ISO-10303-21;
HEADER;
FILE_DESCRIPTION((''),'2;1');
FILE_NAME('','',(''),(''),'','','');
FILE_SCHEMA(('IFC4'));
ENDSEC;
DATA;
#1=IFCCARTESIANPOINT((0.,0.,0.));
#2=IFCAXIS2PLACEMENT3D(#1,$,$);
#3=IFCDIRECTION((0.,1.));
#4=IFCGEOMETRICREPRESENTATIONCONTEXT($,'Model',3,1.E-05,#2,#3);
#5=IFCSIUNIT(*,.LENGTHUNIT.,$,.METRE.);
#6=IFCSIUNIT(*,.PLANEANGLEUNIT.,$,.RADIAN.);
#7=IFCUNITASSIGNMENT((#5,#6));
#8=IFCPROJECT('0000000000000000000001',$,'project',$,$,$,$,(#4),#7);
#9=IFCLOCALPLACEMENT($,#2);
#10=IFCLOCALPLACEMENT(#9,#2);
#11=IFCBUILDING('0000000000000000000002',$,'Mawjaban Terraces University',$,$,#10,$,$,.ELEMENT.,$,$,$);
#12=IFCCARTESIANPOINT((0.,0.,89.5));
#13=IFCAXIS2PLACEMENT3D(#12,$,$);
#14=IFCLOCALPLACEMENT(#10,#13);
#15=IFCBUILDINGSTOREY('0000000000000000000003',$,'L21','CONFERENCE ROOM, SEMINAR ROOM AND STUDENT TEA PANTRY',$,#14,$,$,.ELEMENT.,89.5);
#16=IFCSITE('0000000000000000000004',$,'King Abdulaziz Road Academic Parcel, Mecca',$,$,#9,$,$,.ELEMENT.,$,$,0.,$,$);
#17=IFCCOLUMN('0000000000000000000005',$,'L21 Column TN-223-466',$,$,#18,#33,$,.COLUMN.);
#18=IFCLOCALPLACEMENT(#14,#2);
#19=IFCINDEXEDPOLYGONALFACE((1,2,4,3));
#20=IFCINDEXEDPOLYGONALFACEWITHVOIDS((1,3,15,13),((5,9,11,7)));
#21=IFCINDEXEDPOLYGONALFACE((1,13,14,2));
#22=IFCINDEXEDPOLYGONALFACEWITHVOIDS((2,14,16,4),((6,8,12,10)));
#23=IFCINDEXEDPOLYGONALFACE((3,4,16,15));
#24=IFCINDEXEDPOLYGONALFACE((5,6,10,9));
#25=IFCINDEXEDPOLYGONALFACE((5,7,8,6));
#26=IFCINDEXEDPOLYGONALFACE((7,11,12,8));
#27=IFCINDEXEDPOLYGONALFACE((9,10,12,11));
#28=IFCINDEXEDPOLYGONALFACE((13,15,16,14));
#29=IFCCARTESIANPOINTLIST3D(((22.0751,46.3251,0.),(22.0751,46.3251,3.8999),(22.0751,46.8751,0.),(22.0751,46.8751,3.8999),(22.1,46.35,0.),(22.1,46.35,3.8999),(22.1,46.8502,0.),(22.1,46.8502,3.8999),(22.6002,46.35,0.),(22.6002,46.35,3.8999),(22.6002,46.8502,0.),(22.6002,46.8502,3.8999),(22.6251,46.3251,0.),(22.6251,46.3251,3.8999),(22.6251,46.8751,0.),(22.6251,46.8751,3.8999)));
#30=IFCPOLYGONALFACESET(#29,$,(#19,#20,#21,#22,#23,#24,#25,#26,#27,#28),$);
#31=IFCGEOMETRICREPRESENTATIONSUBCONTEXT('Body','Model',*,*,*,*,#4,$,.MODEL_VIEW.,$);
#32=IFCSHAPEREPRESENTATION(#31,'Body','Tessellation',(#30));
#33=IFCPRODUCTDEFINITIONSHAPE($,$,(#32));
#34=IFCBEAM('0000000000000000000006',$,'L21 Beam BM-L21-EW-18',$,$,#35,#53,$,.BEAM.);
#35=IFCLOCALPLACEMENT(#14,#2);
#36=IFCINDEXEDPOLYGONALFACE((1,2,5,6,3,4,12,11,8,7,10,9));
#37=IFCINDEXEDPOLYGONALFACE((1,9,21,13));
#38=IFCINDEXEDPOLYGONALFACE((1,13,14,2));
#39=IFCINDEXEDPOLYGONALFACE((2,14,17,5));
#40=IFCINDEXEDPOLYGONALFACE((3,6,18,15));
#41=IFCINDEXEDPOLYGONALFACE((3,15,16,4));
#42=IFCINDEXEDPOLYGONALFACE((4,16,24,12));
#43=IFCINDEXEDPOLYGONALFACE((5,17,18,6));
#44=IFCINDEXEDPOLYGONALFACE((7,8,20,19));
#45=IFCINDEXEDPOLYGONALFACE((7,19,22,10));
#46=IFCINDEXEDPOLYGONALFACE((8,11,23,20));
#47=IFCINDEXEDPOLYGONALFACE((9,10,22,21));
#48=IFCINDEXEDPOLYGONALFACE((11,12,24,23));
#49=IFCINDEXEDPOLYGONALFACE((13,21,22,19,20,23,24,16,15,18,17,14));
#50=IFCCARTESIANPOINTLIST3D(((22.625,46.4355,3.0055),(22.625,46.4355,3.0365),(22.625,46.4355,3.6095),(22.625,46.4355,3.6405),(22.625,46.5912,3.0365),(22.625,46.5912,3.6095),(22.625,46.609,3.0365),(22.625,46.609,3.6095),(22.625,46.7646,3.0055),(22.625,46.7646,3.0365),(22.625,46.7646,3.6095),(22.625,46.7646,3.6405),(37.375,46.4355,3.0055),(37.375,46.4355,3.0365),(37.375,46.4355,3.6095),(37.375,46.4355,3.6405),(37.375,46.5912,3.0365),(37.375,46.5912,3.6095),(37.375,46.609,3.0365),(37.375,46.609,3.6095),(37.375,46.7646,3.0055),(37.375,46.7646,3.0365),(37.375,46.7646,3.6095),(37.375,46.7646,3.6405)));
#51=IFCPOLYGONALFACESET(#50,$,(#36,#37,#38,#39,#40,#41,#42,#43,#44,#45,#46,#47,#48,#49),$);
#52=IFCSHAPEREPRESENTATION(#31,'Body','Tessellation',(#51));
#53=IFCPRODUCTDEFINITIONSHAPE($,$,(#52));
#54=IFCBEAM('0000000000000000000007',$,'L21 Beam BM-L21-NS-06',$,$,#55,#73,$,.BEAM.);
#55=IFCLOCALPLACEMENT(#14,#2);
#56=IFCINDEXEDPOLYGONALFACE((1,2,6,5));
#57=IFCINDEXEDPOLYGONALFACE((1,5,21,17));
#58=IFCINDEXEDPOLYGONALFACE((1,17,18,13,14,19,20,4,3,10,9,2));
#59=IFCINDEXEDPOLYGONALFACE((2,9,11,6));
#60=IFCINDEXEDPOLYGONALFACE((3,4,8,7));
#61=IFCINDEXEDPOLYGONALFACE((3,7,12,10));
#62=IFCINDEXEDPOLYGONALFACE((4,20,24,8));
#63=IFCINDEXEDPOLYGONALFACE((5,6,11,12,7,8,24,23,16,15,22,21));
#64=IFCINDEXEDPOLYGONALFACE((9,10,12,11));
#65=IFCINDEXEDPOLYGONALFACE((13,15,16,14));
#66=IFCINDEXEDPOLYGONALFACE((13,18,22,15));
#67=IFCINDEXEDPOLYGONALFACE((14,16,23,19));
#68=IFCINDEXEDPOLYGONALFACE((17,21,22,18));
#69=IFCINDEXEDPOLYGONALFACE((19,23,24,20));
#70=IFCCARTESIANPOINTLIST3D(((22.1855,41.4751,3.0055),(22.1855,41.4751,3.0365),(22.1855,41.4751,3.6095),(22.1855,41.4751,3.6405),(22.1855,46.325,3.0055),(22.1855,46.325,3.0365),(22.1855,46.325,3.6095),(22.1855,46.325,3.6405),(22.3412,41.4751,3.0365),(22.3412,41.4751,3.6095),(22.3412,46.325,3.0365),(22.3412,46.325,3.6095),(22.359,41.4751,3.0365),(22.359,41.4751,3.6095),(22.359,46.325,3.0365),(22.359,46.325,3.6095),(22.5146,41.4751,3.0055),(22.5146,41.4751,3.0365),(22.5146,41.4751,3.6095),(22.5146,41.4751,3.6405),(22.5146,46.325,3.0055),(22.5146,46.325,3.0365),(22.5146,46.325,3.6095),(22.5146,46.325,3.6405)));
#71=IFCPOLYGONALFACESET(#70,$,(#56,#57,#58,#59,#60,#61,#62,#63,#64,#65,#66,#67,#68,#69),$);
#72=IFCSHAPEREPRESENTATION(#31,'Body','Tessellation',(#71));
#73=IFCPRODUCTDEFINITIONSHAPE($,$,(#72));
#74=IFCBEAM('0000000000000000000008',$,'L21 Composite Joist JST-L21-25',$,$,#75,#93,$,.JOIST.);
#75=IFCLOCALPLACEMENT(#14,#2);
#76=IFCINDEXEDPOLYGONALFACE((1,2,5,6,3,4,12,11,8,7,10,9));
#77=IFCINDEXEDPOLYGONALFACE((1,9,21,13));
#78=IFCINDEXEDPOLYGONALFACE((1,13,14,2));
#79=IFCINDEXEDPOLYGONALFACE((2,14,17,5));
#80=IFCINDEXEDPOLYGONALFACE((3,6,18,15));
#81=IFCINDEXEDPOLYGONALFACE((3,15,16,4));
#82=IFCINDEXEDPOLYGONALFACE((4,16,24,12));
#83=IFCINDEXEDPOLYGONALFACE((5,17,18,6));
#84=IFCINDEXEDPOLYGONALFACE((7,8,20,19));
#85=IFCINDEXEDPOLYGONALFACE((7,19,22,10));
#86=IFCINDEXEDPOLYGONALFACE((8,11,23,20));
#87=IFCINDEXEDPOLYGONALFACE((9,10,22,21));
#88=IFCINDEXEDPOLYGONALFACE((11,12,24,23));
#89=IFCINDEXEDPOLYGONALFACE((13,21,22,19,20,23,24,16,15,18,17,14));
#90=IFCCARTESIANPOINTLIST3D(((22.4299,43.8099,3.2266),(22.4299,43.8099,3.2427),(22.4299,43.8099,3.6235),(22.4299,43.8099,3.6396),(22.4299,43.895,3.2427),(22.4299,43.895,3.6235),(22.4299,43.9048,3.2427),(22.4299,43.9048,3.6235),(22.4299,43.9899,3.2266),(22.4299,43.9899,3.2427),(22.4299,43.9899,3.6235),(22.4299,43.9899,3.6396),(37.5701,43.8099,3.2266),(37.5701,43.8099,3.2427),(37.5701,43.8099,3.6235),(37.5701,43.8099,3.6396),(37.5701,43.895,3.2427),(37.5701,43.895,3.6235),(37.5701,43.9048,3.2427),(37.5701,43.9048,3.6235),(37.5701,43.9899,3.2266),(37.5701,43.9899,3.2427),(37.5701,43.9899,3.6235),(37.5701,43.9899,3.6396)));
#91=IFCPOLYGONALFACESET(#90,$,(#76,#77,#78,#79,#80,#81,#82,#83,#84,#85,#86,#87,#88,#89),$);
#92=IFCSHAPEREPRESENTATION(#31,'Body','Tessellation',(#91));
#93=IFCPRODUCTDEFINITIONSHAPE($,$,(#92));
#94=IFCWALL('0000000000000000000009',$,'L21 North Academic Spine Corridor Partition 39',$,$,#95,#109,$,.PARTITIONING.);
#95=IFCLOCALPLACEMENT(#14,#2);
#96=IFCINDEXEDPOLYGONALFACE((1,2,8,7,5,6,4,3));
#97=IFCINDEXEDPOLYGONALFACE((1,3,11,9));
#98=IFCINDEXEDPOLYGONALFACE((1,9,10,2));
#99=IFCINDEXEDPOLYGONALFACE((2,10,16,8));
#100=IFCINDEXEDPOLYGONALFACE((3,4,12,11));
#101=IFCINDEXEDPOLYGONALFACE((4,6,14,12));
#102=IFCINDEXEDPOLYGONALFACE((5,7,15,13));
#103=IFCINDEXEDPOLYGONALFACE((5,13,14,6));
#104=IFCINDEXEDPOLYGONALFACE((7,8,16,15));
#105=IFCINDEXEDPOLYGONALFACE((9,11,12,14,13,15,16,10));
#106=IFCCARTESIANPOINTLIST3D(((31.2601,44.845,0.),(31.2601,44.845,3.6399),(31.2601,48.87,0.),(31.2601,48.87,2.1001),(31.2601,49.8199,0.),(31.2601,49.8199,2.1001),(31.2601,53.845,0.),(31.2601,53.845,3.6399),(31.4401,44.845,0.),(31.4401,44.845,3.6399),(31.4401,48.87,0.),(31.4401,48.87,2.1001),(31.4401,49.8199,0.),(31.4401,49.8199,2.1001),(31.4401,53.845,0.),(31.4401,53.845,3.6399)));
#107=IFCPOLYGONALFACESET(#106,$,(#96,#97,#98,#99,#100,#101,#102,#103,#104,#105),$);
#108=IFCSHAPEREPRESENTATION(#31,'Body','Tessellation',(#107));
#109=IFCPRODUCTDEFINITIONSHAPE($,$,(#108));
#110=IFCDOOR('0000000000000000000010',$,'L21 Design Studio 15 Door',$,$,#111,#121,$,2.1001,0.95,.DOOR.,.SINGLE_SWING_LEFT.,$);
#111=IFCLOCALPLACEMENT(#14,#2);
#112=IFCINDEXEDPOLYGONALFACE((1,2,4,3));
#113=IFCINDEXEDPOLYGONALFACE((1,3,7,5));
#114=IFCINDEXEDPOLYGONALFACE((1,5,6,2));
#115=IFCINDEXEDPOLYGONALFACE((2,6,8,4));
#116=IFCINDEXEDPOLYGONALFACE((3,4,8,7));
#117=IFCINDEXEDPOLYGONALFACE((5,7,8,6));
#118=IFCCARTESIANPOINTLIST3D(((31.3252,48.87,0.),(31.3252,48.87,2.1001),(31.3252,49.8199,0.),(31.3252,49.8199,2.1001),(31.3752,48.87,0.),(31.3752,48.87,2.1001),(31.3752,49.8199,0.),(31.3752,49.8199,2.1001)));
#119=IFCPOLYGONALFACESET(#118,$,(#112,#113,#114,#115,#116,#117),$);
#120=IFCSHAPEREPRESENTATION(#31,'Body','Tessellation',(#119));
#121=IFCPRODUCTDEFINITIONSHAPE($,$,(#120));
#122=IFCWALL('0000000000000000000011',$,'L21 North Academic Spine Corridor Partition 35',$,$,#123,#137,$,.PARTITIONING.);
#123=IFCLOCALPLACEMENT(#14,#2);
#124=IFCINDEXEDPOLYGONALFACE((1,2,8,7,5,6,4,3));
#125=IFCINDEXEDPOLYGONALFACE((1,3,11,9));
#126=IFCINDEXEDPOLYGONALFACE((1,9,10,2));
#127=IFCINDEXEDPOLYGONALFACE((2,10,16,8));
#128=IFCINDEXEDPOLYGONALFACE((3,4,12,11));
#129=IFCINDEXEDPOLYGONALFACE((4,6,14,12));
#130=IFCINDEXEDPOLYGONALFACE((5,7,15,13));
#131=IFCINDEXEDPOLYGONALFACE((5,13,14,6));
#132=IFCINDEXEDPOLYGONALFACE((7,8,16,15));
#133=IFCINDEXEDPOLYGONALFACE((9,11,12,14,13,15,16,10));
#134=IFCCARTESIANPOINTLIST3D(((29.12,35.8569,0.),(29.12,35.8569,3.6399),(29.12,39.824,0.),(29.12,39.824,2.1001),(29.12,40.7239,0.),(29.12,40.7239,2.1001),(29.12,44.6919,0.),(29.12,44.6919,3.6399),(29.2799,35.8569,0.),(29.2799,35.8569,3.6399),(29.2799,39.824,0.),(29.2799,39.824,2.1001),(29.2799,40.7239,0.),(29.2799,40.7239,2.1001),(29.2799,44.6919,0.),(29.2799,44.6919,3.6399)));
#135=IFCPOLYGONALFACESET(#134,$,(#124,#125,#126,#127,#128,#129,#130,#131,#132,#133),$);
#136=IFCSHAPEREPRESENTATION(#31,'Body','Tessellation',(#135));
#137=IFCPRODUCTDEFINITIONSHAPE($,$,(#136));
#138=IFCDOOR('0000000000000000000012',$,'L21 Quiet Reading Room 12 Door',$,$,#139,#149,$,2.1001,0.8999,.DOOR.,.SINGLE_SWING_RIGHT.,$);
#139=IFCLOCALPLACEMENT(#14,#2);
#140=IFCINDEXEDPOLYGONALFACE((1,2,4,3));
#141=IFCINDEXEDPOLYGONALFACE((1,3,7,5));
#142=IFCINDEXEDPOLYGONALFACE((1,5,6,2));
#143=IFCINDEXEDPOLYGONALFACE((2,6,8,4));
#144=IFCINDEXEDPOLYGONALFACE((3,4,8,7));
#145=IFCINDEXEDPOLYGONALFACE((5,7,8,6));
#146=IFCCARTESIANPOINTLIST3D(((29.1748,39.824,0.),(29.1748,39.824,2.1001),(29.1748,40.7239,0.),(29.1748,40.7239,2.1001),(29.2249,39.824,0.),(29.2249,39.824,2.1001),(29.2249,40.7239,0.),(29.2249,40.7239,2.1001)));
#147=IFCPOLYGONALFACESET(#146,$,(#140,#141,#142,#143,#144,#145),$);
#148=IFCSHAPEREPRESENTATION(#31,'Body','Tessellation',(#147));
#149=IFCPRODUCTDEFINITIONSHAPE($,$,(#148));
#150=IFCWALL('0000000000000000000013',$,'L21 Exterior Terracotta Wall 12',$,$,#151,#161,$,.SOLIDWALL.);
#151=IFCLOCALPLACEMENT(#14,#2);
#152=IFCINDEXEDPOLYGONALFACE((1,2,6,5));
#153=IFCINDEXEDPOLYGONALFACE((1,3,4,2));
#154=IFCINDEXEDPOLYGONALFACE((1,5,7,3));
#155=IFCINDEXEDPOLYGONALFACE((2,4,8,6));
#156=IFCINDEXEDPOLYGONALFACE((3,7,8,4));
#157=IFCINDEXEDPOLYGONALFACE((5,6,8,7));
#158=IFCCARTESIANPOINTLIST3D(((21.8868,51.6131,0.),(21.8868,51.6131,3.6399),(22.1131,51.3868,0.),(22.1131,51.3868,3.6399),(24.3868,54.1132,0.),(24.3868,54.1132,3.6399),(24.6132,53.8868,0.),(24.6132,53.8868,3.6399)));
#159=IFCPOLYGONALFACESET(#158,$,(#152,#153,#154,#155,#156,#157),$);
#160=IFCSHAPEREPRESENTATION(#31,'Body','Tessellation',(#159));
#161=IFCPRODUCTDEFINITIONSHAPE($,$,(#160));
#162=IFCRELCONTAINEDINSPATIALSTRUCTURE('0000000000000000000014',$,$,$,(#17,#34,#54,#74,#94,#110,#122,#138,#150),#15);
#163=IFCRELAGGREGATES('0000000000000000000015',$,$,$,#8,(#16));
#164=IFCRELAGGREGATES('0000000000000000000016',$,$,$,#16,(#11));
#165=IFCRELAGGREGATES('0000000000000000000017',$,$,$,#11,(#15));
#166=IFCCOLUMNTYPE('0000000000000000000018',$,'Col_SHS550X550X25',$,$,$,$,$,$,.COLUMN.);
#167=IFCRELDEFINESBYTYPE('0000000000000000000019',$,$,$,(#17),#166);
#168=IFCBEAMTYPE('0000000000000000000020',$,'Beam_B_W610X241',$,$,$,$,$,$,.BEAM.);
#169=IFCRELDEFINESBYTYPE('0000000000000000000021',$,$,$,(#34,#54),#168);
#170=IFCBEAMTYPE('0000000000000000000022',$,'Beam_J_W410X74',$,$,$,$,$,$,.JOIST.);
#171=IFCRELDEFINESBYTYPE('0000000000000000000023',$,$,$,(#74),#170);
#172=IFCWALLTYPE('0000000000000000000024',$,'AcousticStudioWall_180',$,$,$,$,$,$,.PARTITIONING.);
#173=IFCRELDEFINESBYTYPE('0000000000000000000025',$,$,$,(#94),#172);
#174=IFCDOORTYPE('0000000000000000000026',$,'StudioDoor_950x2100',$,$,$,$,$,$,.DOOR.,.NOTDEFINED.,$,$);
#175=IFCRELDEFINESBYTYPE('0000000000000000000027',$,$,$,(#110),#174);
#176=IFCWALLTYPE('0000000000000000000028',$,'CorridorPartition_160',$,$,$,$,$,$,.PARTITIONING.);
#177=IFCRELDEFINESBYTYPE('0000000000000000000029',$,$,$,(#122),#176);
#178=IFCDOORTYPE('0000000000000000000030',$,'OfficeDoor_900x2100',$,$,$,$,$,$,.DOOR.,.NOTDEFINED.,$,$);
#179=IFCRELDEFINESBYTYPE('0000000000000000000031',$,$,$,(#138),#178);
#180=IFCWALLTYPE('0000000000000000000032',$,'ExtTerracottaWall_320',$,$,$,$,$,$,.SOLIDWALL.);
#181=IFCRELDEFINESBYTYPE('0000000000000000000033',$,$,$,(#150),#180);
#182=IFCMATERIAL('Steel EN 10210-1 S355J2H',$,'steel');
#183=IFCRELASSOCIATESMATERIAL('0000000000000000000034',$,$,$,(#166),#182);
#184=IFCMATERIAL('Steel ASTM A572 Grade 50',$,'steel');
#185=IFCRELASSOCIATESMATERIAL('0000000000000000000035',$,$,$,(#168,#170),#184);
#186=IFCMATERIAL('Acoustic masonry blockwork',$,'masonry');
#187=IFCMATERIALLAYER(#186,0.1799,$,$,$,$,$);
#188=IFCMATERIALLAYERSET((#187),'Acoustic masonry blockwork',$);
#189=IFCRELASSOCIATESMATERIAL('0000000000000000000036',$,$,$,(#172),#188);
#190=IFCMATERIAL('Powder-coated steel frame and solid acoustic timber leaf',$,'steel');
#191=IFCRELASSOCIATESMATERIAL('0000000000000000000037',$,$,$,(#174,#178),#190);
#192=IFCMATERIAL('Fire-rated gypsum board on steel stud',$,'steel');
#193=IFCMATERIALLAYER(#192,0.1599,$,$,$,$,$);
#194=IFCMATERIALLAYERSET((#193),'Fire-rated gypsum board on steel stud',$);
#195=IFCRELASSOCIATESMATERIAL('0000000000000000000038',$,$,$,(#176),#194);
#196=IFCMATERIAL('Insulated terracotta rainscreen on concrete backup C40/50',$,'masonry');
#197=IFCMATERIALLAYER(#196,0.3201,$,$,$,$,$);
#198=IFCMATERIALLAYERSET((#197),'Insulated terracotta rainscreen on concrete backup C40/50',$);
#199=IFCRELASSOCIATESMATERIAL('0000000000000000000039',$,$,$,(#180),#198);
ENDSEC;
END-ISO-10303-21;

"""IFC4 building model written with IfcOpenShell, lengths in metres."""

from ifc_helpers import new_model, si_unit, direction, frame, frame_2d, origin, origin_2d, place, context, subcontext, project, spatial, rectangle, hollow_rectangle, i_section, extrude, material, layer, layer_set, material_profile, profile_set, type_object, element, fill, save


model = new_model("IFC4")

# Units and contexts
model_context = context("Model", 3, precision=1e-05, world=origin(), true_north=direction((0.0, 1.0)))
body_context = subcontext(model_context, "Body", "Model", "MODEL_VIEW")
ifc_project = project(units=[si_unit("LENGTHUNIT", "METRE"), si_unit("PLANEANGLEUNIT", "RADIAN")], contexts=[model_context])

# Site, building, storey
site_placement = place(None, origin())
site = spatial("IfcSite", under=ifc_project, at=site_placement, Name="King Abdulaziz Road Academic Parcel, Mecca", CompositionType="ELEMENT", RefElevation=0.0)
building_placement = place(site_placement, origin())
building = spatial("IfcBuilding", under=site, at=building_placement, Name="Mawjaban Terraces University", CompositionType="ELEMENT")
storey_placement = place(building_placement, frame((0.0, 0.0, 89.5)))
storey = spatial("IfcBuildingStorey", under=building, at=storey_placement, Name="L21", Description="CONFERENCE ROOM, SEMINAR ROOM AND STUDENT TEA PANTRY", CompositionType="ELEMENT", Elevation=89.5)

# Column
ifc_material_1 = material(Name="Steel EN 10210-1 S355J2H", Category="steel")
ifc_material_profile_1 = material_profile(ifc_material_1, hollow_rectangle(XDim=0.55, YDim=0.55, WallThickness=0.0249, at=origin_2d()), Name="SHS550X550X25")
ifc_profile_set_1 = profile_set([ifc_material_profile_1], Name="Steel EN 10210-1 S355J2H")
column_type = type_object("IfcColumnType", Name="Col_SHS550X550X25", PredefinedType="COLUMN", material=ifc_profile_set_1)
column_placement = place(storey_placement, frame((22.3501, 46.6001, 0.0), z_axis=(0.0, 0.0, 1.0), x_axis=(1.0, 0.0, 0.0)))
element("IfcColumn", 1, at=column_placement, inside=storey, type_object=column_type, Name="L21 Column TN-223-466", PredefinedType="COLUMN", context=body_context, shape_type="SweptSolid", body=[
    extrude(hollow_rectangle(XDim=0.55, YDim=0.55, WallThickness=0.0249, at=origin_2d()), origin(), (0.0, 0.0, 1.0), 3.8999),
])

# Beams
ifc_material_2 = material(Name="Steel ASTM A572 Grade 50", Category="steel")
ifc_material_profile_2 = material_profile(ifc_material_2, i_section(OverallWidth=0.3291, OverallDepth=0.635, WebThickness=0.0178, FlangeThickness=0.031, at=origin_2d()), Name="W610X241")
ifc_profile_set_2 = profile_set([ifc_material_profile_2], Name="Steel ASTM A572 Grade 50")
beam_type_1 = type_object("IfcBeamType", Name="Beam_B_W610X241", PredefinedType="BEAM", material=ifc_profile_set_2)
beam_1_placement = place(storey_placement, frame((22.625, 46.6001, 3.323), z_axis=(1.0, 0.0, 0.0), x_axis=(0.0, 1.0, 0.0)))
element("IfcBeam", 2, at=beam_1_placement, inside=storey, type_object=beam_type_1, Name="L21 Beam BM-L21-EW-18", PredefinedType="BEAM", context=body_context, shape_type="SweptSolid", body=[
    extrude(i_section(OverallWidth=0.3291, OverallDepth=0.635, WebThickness=0.0178, FlangeThickness=0.031, at=origin_2d()), origin(), (0.0, 0.0, 1.0), 14.75),
])
beam_2_placement = place(storey_placement, frame((22.3501, 41.4751, 3.323), z_axis=(0.0, 1.0, 0.0), x_axis=(-1.0, 0.0, 0.0)))
element("IfcBeam", 3, at=beam_2_placement, inside=storey, type_object=beam_type_1, Name="L21 Beam BM-L21-NS-06", PredefinedType="BEAM", context=body_context, shape_type="SweptSolid", body=[
    extrude(i_section(OverallWidth=0.3291, OverallDepth=0.635, WebThickness=0.0178, FlangeThickness=0.031, at=origin_2d()), origin(), (0.0, 0.0, 1.0), 4.8499),
])
ifc_material_profile_3 = material_profile(ifc_material_2, i_section(OverallWidth=0.1799, OverallDepth=0.4131, WebThickness=0.0098, FlangeThickness=0.0161, at=origin_2d()), Name="W410X74")
ifc_profile_set_3 = profile_set([ifc_material_profile_3], Name="Steel ASTM A572 Grade 50")
beam_type_2 = type_object("IfcBeamType", Name="Beam_J_W410X74", PredefinedType="JOIST", material=ifc_profile_set_3)
beam_3_placement = place(storey_placement, frame((22.4299, 43.8999, 3.4331), z_axis=(1.0, 0.0, 0.0), x_axis=(0.0, 1.0, 0.0)))
element("IfcBeam", 4, at=beam_3_placement, inside=storey, type_object=beam_type_2, Name="L21 Composite Joist JST-L21-25", PredefinedType="JOIST", context=body_context, shape_type="SweptSolid", body=[
    extrude(i_section(OverallWidth=0.1799, OverallDepth=0.4131, WebThickness=0.0098, FlangeThickness=0.0161, at=origin_2d()), origin(), (0.0, 0.0, 1.0), 15.1401),
])

# Walls, openings, doors
ifc_material_3 = material(Name="Acoustic masonry blockwork", Category="masonry")
ifc_layer_1 = layer(ifc_material_3, 0.1799)
ifc_layer_set_1 = layer_set([ifc_layer_1], Name="Acoustic masonry blockwork")
wall_type_1 = type_object("IfcWallType", Name="AcousticStudioWall_180", PredefinedType="PARTITIONING", material=ifc_layer_set_1)
wall_1_placement = place(storey_placement, frame((31.3501, 44.845, 0.0), z_axis=(0.0, 0.0, 1.0), x_axis=(0.0, 1.0, 0.0)))
wall_1 = element("IfcWall", 5, at=wall_1_placement, inside=storey, type_object=wall_type_1, Name="L21 North Academic Spine Corridor Partition 39", PredefinedType="PARTITIONING", context=body_context, shape_type="SweptSolid", body=[
    extrude(rectangle(XDim=9.0, YDim=0.1799, at=frame_2d((4.5, 0.0))), origin(), (0.0, 0.0, 1.0), 3.6399),
])
opening_1_placement = place(wall_1_placement, frame((4.0249, 0.0, 0.0)))
opening_1 = element("IfcOpeningElement", 6, at=opening_1_placement, cuts=wall_1, PredefinedType="OPENING", context=body_context, shape_type="SweptSolid", body=[
    extrude(rectangle(XDim=0.95, YDim=2.1001, at=frame_2d((0.4751, 1.05))), frame((0.0, 0.0999, 0.0), z_axis=(0.0, -1.0, 0.0), x_axis=(1.0, 0.0, 0.0)), (0.0, 0.0, 1.0), 0.2),
])
ifc_material_4 = material(Name="Powder-coated steel frame and solid acoustic timber leaf", Category="steel")
door_type_1 = type_object("IfcDoorType", Name="StudioDoor_950x2100", OperationType="NOTDEFINED", PredefinedType="DOOR", material=ifc_material_4)
door_1_placement = place(opening_1_placement, origin())
door_1 = element("IfcDoor", 7, at=door_1_placement, inside=storey, type_object=door_type_1, Name="L21 Design Studio 15 Door", OperationType="SINGLE_SWING_LEFT", OverallHeight=2.1001, OverallWidth=0.95, PredefinedType="DOOR", context=body_context, shape_type="SweptSolid", body=[
    extrude(rectangle(XDim=0.95, YDim=2.1001, at=frame_2d((0.4751, 1.05))), frame((0.0, 0.0249, 0.0), z_axis=(0.0, -1.0, 0.0), x_axis=(1.0, 0.0, 0.0)), (0.0, 0.0, 1.0), 0.05),
])
fill(opening_1, door_1)
ifc_material_5 = material(Name="Fire-rated gypsum board on steel stud", Category="steel")
ifc_layer_2 = layer(ifc_material_5, 0.1599)
ifc_layer_set_2 = layer_set([ifc_layer_2], Name="Fire-rated gypsum board on steel stud")
wall_type_2 = type_object("IfcWallType", Name="CorridorPartition_160", PredefinedType="PARTITIONING", material=ifc_layer_set_2)
wall_2_placement = place(storey_placement, frame((29.2, 44.6919, 0.0), z_axis=(0.0, 0.0, 1.0), x_axis=(0.0, -1.0, 0.0)))
wall_2 = element("IfcWall", 8, at=wall_2_placement, inside=storey, type_object=wall_type_2, Name="L21 North Academic Spine Corridor Partition 35", PredefinedType="PARTITIONING", context=body_context, shape_type="SweptSolid", body=[
    extrude(rectangle(XDim=8.835, YDim=0.1599, at=frame_2d((4.4175, 0.0))), origin(), (0.0, 0.0, 1.0), 3.6399),
])
opening_2_placement = place(wall_2_placement, frame((3.968, 0.0, 0.0)))
opening_2 = element("IfcOpeningElement", 9, at=opening_2_placement, cuts=wall_2, PredefinedType="OPENING", context=body_context, shape_type="SweptSolid", body=[
    extrude(rectangle(XDim=0.8999, YDim=2.1001, at=frame_2d((0.45, 1.05))), frame((0.0, 0.0898, 0.0), z_axis=(0.0, -1.0, 0.0), x_axis=(1.0, 0.0, 0.0)), (0.0, 0.0, 1.0), 0.1799),
])
door_type_2 = type_object("IfcDoorType", Name="OfficeDoor_900x2100", OperationType="NOTDEFINED", PredefinedType="DOOR", material=ifc_material_4)
door_2_placement = place(opening_2_placement, origin())
door_2 = element("IfcDoor", 10, at=door_2_placement, inside=storey, type_object=door_type_2, Name="L21 Quiet Reading Room 12 Door", OperationType="SINGLE_SWING_RIGHT", OverallHeight=2.1001, OverallWidth=0.8999, PredefinedType="DOOR", context=body_context, shape_type="SweptSolid", body=[
    extrude(rectangle(XDim=0.8999, YDim=2.1001, at=frame_2d((0.45, 1.05))), frame((0.0, 0.0249, 0.0), z_axis=(0.0, -1.0, 0.0), x_axis=(1.0, 0.0, 0.0)), (0.0, 0.0, 1.0), 0.05),
])
fill(opening_2, door_2)

# Wall
ifc_material_6 = material(Name="Insulated terracotta rainscreen on concrete backup C40/50", Category="masonry")
ifc_layer_3 = layer(ifc_material_6, 0.3201)
ifc_layer_set_3 = layer_set([ifc_layer_3], Name="Insulated terracotta rainscreen on concrete backup C40/50")
wall_type_3 = type_object("IfcWallType", Name="ExtTerracottaWall_320", PredefinedType="SOLIDWALL", material=ifc_layer_set_3)
wall_3_placement = place(storey_placement, frame((24.5, 54.0, 0.0), z_axis=(0.0, 0.0, 1.0), x_axis=(-0.707107, -0.707107, 0.0)))
element("IfcWall", 11, at=wall_3_placement, inside=storey, type_object=wall_type_3, Name="L21 Exterior Terracotta Wall 12", PredefinedType="SOLIDWALL", context=body_context, shape_type="SweptSolid", body=[
    extrude(rectangle(XDim=3.5356, YDim=0.3201, at=frame_2d((1.7678, 0.0))), origin(), (0.0, 0.0, 1.0), 3.6399),
])

save(model, "model.ifc")
